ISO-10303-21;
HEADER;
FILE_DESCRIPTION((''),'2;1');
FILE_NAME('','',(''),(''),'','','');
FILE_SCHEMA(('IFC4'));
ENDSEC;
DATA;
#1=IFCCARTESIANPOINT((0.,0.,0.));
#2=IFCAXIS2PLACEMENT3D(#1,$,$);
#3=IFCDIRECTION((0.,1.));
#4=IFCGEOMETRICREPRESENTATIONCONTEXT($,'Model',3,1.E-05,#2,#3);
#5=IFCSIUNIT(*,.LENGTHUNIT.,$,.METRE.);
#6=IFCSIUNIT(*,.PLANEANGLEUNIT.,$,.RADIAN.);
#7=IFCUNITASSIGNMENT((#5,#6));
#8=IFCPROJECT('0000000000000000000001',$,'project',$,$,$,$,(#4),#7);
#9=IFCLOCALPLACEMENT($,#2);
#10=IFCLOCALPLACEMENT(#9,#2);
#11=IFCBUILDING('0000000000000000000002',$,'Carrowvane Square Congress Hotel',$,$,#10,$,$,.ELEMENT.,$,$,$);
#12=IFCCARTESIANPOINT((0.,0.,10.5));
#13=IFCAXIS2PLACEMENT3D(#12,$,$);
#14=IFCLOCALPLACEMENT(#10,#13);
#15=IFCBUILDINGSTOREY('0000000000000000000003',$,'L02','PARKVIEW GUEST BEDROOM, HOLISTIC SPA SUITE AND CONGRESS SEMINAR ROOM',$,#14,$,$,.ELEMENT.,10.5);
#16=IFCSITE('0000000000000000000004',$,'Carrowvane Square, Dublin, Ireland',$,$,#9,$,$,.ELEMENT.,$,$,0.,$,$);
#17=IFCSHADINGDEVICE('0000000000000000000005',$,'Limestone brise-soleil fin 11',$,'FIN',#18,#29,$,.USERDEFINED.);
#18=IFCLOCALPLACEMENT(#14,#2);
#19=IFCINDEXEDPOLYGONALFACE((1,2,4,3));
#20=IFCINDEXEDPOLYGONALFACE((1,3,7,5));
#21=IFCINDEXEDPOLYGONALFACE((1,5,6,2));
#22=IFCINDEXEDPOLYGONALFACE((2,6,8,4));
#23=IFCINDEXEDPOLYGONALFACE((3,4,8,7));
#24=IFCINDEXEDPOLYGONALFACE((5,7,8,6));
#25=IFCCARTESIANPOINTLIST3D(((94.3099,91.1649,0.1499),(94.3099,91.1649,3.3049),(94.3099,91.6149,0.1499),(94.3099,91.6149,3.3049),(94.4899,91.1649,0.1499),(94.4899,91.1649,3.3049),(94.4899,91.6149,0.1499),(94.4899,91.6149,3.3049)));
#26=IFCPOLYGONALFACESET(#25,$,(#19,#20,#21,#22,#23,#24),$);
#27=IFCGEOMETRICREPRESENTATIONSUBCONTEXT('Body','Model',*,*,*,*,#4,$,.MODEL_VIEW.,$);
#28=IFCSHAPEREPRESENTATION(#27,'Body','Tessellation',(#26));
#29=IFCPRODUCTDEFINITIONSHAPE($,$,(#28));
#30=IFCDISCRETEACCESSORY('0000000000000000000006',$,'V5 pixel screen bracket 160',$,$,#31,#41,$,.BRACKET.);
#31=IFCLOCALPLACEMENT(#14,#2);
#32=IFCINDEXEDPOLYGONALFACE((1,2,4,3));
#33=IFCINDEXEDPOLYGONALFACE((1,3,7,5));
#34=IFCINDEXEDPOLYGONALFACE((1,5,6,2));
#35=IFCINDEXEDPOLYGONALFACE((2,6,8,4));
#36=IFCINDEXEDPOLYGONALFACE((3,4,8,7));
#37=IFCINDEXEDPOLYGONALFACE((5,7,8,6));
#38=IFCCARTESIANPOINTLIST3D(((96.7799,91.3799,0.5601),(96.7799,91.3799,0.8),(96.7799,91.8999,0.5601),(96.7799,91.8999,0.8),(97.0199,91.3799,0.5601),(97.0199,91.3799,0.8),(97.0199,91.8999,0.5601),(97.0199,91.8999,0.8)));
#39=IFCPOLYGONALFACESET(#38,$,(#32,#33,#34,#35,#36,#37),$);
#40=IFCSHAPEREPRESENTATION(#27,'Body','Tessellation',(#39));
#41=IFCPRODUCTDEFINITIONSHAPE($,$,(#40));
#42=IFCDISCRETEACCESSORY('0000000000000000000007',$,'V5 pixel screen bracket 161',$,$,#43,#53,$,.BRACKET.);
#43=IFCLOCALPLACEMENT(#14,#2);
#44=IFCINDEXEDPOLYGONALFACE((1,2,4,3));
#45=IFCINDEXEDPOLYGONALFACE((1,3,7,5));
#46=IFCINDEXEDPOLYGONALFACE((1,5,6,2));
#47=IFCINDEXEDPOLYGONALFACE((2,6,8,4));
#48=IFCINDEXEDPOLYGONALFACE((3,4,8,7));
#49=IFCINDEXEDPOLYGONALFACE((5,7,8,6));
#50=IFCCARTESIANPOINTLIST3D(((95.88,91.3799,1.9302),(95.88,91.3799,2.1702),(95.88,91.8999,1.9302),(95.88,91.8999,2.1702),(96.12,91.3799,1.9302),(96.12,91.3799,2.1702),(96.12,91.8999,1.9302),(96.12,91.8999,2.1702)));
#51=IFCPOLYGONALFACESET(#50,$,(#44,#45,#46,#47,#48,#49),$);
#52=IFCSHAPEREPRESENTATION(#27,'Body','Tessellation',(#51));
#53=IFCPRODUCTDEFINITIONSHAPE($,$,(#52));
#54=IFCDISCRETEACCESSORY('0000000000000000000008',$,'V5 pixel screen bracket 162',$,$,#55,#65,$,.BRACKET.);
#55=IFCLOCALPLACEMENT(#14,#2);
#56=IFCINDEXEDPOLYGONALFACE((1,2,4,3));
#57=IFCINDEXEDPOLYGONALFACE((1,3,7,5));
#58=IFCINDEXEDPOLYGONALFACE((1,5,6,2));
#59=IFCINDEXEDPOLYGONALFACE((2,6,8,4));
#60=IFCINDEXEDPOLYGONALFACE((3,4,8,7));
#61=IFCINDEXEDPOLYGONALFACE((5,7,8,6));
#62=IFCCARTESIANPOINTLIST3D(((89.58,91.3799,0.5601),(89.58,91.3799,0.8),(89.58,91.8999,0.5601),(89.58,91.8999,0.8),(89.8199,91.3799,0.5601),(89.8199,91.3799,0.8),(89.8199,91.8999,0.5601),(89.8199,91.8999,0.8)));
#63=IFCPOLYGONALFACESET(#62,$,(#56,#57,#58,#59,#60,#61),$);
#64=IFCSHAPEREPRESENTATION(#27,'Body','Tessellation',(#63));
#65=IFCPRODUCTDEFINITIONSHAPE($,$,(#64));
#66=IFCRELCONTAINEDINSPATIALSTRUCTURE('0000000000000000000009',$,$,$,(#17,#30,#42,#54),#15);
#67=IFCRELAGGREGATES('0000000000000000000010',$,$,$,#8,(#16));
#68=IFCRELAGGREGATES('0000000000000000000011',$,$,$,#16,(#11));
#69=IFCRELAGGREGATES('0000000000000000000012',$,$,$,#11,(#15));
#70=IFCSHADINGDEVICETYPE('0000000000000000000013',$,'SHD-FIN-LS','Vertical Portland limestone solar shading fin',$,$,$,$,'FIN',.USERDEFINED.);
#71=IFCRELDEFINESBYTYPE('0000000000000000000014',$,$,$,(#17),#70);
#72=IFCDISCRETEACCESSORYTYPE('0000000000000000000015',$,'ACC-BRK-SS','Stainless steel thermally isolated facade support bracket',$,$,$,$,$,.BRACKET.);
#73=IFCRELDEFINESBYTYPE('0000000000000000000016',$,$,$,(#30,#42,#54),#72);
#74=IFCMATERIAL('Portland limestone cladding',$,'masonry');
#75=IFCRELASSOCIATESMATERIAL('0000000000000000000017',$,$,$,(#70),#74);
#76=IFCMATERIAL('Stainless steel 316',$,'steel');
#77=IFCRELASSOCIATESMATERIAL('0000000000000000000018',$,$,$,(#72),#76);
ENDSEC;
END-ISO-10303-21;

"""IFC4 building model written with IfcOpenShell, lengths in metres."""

from ifc_helpers import new_model, si_unit, direction, frame, origin, origin_2d, place, context, subcontext, project, spatial, rectangle, extrude, material, type_object, element, save


model = new_model("IFC4")

# Units and contexts
model_context = context("Model", 3, precision=1e-05, world=origin(), true_north=direction((0.0, 1.0)))
body_context = subcontext(model_context, "Body", "Model", "MODEL_VIEW")
ifc_project = project(units=[si_unit("LENGTHUNIT", "METRE"), si_unit("PLANEANGLEUNIT", "RADIAN")], contexts=[model_context])

# Site, building, storey
site_placement = place(None, origin())
site = spatial("IfcSite", under=ifc_project, at=site_placement, Name="Carrowvane Square, Dublin, Ireland", CompositionType="ELEMENT", RefElevation=0.0)
building_placement = place(site_placement, origin())
building = spatial("IfcBuilding", under=site, at=building_placement, Name="Carrowvane Square Congress Hotel", CompositionType="ELEMENT")
storey_placement = place(building_placement, frame((0.0, 0.0, 10.5)))
storey = spatial("IfcBuildingStorey", under=building, at=storey_placement, Name="L02", Description="PARKVIEW GUEST BEDROOM, HOLISTIC SPA SUITE AND CONGRESS SEMINAR ROOM", CompositionType="ELEMENT", Elevation=10.5)

# Shading device
ifc_material_1 = material(Name="Portland limestone cladding", Category="masonry")
shading_device_type = type_object("IfcShadingDeviceType", Name="SHD-FIN-LS", Description="Vertical Portland limestone solar shading fin", ElementType="FIN", PredefinedType="USERDEFINED", material=ifc_material_1)
shading_device_placement = place(storey_placement, frame((94.3999, 91.3899, 0.1499), z_axis=(0.0, 0.0, 1.0), x_axis=(-1.0, 0.0, 0.0)))
element("IfcShadingDevice", 1, at=shading_device_placement, inside=storey, type_object=shading_device_type, Name="Limestone brise-soleil fin 11", ObjectType="FIN", PredefinedType="USERDEFINED", context=body_context, shape_type="SweptSolid", body=[
    extrude(rectangle(XDim=0.1799, YDim=0.45, at=origin_2d()), origin(), (0.0, 0.0, 1.0), 3.155),
])

# Discrete accessories
ifc_material_2 = material(Name="Stainless steel 316", Category="steel")
discrete_accessory_type = type_object("IfcDiscreteAccessoryType", Name="ACC-BRK-SS", Description="Stainless steel thermally isolated facade support bracket", PredefinedType="BRACKET", material=ifc_material_2)
for number, where, z_axis, x_axis, name in (
    (2, (96.8999, 91.6399, 0.5601), (0.0, 0.0, 1.0), (-1.0, 0.0, 0.0), "V5 pixel screen bracket 160"),
    (3, (96.0, 91.6399, 1.9302), (0.0, 0.0, 1.0), (-1.0, 0.0, 0.0), "V5 pixel screen bracket 161"),
    (4, (89.7, 91.6399, 0.5601), (0.0, 0.0, 1.0), (-1.0, 0.0, 0.0), "V5 pixel screen bracket 162"),
):
    element("IfcDiscreteAccessory", number, at=place(storey_placement, frame(where, z_axis=z_axis, x_axis=x_axis)), inside=storey, type_object=discrete_accessory_type, Name=name, PredefinedType="BRACKET", context=body_context, shape_type="SweptSolid", body=[
        extrude(rectangle(XDim=0.24, YDim=0.52, at=origin_2d()), origin(), (0.0, 0.0, 1.0), 0.24),
    ])

save(model, "model.ifc")
